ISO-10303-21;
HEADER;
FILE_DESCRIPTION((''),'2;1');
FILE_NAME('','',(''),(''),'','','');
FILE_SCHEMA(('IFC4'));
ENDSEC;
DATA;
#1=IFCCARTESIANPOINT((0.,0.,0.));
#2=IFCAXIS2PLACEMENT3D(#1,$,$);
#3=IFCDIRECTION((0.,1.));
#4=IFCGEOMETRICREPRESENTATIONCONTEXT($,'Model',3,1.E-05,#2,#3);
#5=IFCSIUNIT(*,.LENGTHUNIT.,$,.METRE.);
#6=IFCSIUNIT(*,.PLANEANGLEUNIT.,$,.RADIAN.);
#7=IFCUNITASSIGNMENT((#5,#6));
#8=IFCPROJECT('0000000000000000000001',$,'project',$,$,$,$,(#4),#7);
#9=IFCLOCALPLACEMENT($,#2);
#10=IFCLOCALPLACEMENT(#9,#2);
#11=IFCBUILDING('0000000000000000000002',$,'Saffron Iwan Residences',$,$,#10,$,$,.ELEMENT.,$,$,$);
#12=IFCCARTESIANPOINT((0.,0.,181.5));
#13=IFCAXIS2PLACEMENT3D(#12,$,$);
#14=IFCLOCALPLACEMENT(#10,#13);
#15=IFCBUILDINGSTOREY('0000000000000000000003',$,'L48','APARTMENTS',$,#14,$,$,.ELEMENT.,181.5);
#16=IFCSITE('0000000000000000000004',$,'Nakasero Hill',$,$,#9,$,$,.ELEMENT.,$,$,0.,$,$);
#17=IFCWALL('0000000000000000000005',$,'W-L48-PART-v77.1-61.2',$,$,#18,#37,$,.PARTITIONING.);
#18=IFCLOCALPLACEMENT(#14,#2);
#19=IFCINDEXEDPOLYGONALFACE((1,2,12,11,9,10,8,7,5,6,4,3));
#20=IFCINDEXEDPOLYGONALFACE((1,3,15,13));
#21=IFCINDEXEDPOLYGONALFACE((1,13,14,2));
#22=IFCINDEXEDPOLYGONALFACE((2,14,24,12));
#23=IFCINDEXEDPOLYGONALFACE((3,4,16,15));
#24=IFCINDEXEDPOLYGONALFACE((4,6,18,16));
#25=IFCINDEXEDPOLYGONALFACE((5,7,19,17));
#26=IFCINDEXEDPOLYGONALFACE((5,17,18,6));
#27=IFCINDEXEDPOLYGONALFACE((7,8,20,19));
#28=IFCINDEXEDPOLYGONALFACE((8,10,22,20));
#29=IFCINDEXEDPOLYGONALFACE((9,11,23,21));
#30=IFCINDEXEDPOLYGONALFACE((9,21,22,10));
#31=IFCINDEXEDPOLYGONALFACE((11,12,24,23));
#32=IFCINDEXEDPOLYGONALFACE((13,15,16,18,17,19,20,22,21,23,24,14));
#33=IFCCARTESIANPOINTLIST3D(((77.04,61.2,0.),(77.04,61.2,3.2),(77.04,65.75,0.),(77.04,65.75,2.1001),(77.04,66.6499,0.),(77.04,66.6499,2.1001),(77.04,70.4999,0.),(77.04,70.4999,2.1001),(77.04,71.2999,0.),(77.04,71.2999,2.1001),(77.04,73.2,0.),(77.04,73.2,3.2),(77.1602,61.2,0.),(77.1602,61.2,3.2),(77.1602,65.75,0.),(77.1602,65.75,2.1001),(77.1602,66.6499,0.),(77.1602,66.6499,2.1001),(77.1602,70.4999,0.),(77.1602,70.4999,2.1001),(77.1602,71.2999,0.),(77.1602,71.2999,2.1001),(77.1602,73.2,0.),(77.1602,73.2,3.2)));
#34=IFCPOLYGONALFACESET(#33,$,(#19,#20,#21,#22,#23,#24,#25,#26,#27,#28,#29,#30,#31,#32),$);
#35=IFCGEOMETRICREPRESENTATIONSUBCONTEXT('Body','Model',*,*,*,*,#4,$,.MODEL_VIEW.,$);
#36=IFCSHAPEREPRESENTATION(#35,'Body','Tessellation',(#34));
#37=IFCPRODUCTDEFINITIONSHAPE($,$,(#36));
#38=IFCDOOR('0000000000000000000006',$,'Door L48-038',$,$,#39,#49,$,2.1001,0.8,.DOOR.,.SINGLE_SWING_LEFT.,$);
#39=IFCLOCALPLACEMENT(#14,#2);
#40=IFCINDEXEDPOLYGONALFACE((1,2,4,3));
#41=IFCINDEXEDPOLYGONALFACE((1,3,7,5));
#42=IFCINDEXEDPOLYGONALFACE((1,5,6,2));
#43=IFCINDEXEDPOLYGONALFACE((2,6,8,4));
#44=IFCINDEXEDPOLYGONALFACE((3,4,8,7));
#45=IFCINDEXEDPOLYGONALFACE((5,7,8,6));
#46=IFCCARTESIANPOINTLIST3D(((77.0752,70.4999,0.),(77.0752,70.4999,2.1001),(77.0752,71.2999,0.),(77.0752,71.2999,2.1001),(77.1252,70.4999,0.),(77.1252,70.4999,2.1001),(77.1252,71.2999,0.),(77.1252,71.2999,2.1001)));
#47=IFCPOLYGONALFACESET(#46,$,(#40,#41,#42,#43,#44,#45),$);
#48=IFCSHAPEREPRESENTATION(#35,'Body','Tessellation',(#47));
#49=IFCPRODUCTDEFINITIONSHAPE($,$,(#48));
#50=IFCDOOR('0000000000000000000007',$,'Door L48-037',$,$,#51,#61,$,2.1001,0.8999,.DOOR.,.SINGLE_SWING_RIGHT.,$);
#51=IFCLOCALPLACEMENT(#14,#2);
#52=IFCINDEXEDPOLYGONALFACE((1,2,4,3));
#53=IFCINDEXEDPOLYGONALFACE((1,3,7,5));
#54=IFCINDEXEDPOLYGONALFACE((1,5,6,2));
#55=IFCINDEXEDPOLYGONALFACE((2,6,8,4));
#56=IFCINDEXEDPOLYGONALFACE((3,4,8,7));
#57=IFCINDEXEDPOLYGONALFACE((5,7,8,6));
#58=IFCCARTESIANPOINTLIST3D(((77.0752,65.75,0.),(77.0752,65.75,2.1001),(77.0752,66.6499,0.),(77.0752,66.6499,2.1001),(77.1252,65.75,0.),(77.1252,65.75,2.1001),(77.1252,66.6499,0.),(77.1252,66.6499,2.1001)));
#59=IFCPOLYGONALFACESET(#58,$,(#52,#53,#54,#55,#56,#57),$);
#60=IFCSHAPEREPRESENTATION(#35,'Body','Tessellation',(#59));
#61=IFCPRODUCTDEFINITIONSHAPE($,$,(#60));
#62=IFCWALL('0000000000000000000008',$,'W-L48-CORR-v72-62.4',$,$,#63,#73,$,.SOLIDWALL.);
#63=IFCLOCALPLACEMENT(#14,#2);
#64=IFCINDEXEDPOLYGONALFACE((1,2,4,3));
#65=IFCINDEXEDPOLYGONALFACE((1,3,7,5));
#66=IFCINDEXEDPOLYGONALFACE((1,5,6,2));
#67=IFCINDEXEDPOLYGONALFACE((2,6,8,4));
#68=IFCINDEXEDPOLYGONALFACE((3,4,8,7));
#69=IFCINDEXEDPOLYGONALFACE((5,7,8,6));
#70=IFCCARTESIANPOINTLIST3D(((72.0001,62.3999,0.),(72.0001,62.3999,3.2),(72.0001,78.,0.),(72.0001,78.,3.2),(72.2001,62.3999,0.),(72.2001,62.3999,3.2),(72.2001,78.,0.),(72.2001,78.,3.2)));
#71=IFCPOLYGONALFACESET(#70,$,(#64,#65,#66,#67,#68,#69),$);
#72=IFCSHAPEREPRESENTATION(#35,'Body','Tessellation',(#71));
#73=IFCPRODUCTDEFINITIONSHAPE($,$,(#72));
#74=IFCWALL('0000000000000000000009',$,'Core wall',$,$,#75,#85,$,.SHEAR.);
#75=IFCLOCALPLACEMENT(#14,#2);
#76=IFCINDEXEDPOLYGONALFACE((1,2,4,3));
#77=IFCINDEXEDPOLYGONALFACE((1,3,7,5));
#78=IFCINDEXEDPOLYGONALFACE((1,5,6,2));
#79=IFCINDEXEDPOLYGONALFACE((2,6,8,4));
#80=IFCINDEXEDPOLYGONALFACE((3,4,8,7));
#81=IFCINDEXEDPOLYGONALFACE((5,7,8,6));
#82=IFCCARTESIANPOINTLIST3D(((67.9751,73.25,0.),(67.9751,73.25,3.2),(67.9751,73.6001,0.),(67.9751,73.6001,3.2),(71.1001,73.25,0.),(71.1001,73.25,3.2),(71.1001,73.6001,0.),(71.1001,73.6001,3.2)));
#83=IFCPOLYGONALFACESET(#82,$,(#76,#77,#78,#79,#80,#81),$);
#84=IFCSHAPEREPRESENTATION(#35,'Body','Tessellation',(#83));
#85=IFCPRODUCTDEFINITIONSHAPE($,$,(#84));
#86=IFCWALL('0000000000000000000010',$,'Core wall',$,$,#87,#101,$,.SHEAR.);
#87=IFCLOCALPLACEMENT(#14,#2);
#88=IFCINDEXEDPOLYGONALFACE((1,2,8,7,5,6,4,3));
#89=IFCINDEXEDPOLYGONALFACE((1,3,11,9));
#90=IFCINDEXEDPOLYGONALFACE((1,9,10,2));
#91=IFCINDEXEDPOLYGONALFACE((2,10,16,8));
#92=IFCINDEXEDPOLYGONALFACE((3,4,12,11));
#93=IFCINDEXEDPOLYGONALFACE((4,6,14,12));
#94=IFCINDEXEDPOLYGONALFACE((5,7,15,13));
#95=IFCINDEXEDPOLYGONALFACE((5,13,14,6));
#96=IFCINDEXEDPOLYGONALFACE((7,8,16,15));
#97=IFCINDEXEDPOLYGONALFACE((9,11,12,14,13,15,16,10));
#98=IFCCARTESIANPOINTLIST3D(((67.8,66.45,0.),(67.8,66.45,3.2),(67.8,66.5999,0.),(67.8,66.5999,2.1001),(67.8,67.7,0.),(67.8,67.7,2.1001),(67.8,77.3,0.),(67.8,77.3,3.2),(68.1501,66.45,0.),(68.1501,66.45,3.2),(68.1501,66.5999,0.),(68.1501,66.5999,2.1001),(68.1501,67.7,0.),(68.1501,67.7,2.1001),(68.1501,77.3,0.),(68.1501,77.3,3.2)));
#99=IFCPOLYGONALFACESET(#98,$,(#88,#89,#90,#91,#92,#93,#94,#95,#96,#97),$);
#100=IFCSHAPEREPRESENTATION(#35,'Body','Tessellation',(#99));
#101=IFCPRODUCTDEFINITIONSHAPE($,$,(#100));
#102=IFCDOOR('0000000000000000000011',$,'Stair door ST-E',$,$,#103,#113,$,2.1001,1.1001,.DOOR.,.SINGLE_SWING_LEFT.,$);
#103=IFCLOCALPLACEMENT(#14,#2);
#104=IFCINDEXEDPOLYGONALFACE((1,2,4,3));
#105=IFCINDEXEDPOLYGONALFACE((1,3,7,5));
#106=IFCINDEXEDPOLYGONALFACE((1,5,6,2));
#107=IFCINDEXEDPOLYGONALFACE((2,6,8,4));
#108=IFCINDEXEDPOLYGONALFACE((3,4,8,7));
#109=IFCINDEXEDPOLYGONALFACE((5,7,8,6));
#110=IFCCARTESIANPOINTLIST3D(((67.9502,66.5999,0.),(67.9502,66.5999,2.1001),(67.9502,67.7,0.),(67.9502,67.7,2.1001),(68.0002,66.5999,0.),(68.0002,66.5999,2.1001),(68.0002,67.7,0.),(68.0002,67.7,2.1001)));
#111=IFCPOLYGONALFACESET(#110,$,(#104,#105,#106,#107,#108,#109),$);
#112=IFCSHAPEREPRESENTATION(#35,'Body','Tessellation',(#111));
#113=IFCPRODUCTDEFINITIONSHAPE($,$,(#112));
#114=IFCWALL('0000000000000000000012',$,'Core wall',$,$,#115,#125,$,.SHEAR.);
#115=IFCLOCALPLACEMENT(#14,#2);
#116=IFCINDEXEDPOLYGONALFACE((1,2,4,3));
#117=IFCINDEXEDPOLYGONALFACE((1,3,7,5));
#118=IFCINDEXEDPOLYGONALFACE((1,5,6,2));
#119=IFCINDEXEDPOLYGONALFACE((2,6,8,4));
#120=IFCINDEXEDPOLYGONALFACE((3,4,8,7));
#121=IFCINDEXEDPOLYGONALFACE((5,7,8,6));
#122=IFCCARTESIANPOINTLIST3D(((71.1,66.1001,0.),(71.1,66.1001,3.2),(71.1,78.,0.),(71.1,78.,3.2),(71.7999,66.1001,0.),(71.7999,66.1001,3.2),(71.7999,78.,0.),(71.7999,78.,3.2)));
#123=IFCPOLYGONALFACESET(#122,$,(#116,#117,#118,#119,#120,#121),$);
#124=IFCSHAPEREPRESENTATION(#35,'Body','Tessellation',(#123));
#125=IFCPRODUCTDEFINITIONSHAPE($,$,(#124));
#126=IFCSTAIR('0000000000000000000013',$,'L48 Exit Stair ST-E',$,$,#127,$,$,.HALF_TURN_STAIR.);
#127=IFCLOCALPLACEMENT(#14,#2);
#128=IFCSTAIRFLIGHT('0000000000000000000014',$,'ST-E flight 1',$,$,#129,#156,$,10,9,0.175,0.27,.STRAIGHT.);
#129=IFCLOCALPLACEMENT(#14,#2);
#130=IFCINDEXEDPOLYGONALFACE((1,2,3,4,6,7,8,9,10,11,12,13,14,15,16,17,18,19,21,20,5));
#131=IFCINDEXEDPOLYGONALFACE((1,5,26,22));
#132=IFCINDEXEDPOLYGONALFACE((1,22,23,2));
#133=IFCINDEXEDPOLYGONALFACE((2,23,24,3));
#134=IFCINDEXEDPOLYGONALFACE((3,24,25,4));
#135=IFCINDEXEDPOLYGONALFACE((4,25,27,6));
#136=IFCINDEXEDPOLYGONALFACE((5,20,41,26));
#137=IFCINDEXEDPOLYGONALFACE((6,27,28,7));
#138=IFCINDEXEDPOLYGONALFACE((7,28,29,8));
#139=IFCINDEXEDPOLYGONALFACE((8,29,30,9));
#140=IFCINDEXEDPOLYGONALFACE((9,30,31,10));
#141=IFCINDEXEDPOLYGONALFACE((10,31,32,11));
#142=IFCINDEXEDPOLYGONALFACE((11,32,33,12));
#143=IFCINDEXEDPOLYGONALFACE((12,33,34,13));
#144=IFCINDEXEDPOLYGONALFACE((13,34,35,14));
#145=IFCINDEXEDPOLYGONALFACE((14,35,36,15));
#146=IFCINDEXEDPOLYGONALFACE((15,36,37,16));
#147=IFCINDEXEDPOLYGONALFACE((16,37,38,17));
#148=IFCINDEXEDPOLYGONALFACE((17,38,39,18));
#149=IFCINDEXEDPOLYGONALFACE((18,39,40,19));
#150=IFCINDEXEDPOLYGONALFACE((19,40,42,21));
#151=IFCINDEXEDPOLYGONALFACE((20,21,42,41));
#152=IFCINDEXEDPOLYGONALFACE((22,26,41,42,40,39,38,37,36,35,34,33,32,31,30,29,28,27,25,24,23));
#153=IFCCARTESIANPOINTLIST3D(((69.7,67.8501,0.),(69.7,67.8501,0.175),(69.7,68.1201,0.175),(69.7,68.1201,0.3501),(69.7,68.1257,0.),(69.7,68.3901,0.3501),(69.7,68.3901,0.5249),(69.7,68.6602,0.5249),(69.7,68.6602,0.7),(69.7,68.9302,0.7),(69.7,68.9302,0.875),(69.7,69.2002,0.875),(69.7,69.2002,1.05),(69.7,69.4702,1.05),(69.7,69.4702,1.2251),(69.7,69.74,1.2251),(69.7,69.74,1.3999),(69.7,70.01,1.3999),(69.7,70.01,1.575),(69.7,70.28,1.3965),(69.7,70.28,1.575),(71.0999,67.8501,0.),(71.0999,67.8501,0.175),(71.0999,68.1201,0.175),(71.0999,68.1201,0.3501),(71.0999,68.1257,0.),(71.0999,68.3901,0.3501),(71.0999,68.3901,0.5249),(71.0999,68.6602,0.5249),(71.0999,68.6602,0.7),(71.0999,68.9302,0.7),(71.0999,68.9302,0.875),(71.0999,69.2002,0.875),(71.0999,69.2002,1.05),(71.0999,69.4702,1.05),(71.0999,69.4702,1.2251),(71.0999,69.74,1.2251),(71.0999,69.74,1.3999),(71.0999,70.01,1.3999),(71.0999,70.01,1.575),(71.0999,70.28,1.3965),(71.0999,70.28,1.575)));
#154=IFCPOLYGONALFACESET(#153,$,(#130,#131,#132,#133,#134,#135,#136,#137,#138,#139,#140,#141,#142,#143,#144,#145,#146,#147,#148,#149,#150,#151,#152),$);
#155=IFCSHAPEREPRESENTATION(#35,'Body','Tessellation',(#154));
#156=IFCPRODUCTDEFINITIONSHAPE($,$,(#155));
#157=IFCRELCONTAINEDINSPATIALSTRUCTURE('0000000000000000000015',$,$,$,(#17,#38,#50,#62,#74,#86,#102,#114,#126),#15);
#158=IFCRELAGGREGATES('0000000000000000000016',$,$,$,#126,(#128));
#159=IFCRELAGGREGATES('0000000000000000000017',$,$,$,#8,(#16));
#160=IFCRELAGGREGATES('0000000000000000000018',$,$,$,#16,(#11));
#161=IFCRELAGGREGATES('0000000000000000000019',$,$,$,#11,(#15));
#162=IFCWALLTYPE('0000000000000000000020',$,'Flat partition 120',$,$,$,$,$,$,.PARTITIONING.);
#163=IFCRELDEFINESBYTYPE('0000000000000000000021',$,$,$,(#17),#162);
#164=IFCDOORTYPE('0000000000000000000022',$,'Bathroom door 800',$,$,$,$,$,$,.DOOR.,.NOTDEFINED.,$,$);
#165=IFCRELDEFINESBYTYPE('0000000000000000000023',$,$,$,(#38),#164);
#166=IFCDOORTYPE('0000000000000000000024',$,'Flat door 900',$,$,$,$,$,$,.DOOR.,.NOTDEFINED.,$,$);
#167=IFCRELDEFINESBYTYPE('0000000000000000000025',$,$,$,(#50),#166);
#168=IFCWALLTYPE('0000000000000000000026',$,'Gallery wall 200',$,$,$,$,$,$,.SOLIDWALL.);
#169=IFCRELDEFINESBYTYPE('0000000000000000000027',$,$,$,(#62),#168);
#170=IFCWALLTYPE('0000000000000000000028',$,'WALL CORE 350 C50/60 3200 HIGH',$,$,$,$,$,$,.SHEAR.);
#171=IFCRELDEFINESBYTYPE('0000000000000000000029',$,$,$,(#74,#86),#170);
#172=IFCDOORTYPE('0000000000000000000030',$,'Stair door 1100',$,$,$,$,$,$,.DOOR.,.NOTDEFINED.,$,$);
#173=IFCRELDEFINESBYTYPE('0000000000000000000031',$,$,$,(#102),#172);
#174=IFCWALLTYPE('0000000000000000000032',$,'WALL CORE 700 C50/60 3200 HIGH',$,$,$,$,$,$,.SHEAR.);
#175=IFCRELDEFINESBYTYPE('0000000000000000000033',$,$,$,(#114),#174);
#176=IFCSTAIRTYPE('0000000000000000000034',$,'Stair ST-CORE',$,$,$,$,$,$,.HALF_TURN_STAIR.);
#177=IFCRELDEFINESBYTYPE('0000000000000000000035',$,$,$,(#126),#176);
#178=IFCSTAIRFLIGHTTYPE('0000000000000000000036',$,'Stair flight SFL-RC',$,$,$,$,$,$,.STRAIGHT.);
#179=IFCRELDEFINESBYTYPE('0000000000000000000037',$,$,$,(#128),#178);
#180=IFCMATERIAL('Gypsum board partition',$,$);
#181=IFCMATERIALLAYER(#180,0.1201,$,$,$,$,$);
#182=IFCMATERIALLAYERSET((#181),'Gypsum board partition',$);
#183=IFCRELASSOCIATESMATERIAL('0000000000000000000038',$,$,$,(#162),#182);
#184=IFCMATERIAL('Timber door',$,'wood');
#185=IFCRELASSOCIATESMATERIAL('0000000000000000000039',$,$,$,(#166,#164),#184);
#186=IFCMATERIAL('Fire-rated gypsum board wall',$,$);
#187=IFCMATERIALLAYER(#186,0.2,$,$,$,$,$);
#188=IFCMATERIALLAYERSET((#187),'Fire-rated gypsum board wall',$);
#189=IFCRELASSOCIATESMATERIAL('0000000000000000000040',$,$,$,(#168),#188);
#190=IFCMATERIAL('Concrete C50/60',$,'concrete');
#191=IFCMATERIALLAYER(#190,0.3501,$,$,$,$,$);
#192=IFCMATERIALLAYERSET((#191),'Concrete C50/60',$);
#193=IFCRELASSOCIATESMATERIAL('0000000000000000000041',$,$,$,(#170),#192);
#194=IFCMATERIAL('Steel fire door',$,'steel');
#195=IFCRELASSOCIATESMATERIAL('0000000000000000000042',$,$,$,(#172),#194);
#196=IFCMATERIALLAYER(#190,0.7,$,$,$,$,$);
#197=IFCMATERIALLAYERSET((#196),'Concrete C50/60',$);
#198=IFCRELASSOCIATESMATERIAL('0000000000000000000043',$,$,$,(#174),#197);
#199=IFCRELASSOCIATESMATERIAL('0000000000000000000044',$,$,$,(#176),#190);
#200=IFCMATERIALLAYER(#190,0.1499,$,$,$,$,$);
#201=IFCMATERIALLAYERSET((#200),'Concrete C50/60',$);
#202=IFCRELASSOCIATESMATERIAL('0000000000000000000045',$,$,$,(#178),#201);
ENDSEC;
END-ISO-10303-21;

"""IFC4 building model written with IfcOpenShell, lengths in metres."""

from ifc_helpers import new_model, si_unit, direction, frame, frame_2d, origin, place, context, subcontext, project, spatial, polyline, rectangle, outline, extrude, material, layer, layer_set, type_object, element, fill, aggregate, save


model = new_model("IFC4")

# Units and contexts
model_context = context("Model", 3, precision=1e-05, world=origin(), true_north=direction((0.0, 1.0)))
body_context = subcontext(model_context, "Body", "Model", "MODEL_VIEW")
ifc_project = project(units=[si_unit("LENGTHUNIT", "METRE"), si_unit("PLANEANGLEUNIT", "RADIAN")], contexts=[model_context])

# Site, building, storey
site_placement = place(None, origin())
site = spatial("IfcSite", under=ifc_project, at=site_placement, Name="Nakasero Hill", CompositionType="ELEMENT", RefElevation=0.0)
building_placement = place(site_placement, origin())
building = spatial("IfcBuilding", under=site, at=building_placement, Name="Saffron Iwan Residences", CompositionType="ELEMENT")
storey_placement = place(building_placement, frame((0.0, 0.0, 181.5)))
storey = spatial("IfcBuildingStorey", under=building, at=storey_placement, Name="L48", Description="APARTMENTS", CompositionType="ELEMENT", Elevation=181.5)

# Shared definitions
ifc_material_1 = material(Name="Concrete C50/60", Category="concrete")

# Shared definitions
ifc_material_2 = material(Name="Gypsum board partition")
ifc_layer_1 = layer(ifc_material_2, 0.1201)
ifc_layer_set_1 = layer_set([ifc_layer_1], Name="Gypsum board partition")
wall_type_1 = type_object("IfcWallType", Name="Flat partition 120", PredefinedType="PARTITIONING", material=ifc_layer_set_1)
ifc_material_3 = material(Name="Timber door", Category="wood")
door_type_1 = type_object("IfcDoorType", Name="Flat door 900", OperationType="NOTDEFINED", PredefinedType="DOOR", material=ifc_material_3)

# Wall, openings, doors
wall_1_placement = place(storey_placement, frame((77.1001, 61.2, 0.0), z_axis=(0.0, 0.0, 1.0), x_axis=(0.0, 1.0, 0.0)))
wall_1 = element("IfcWall", 1, at=wall_1_placement, inside=storey, type_object=wall_type_1, Name="W-L48-PART-v77.1-61.2", PredefinedType="PARTITIONING", context=body_context, shape_type="SweptSolid", body=[
    extrude(rectangle(XDim=12.0, YDim=0.1201, at=frame_2d((6.0, 0.0))), origin(), (0.0, 0.0, 1.0), 3.2),
])
opening_1_placement = place(wall_1_placement, frame((4.55, 0.0, 0.0)))
opening_1 = element("IfcOpeningElement", 2, at=opening_1_placement, cuts=wall_1, PredefinedType="OPENING", context=body_context, shape_type="SweptSolid", body=[
    extrude(rectangle(XDim=0.8999, YDim=2.1001, at=frame_2d((0.45, 1.05))), frame((0.0, 0.0701, 0.0), z_axis=(0.0, -1.0, 0.0), x_axis=(1.0, 0.0, 0.0)), (0.0, 0.0, 1.0), 0.1401),
])
opening_2_placement = place(wall_1_placement, frame((9.3, 0.0, 0.0)))
opening_2 = element("IfcOpeningElement", 3, at=opening_2_placement, cuts=wall_1, PredefinedType="OPENING", context=body_context, shape_type="SweptSolid", body=[
    extrude(rectangle(XDim=0.8, YDim=2.1001, at=frame_2d((0.3999, 1.05))), frame((0.0, 0.0701, 0.0), z_axis=(0.0, -1.0, 0.0), x_axis=(1.0, 0.0, 0.0)), (0.0, 0.0, 1.0), 0.1401),
])
door_type_2 = type_object("IfcDoorType", Name="Bathroom door 800", OperationType="NOTDEFINED", PredefinedType="DOOR", material=ifc_material_3)
door_1_placement = place(opening_2_placement, origin())
door_1 = element("IfcDoor", 4, at=door_1_placement, inside=storey, type_object=door_type_2, Name="Door L48-038", OperationType="SINGLE_SWING_LEFT", OverallHeight=2.1001, OverallWidth=0.8, PredefinedType="DOOR", context=body_context, shape_type="SweptSolid", body=[
    extrude(rectangle(XDim=0.8, YDim=2.1001, at=frame_2d((0.3999, 1.05))), frame((0.0, 0.0249, 0.0), z_axis=(0.0, -1.0, 0.0), x_axis=(1.0, 0.0, 0.0)), (0.0, 0.0, 1.0), 0.05),
])
fill(opening_2, door_1)
door_2_placement = place(opening_1_placement, origin())
door_2 = element("IfcDoor", 5, at=door_2_placement, inside=storey, type_object=door_type_1, Name="Door L48-037", OperationType="SINGLE_SWING_RIGHT", OverallHeight=2.1001, OverallWidth=0.8999, PredefinedType="DOOR", context=body_context, shape_type="SweptSolid", body=[
    extrude(rectangle(XDim=0.8999, YDim=2.1001, at=frame_2d((0.45, 1.05))), frame((0.0, 0.0249, 0.0), z_axis=(0.0, -1.0, 0.0), x_axis=(1.0, 0.0, 0.0)), (0.0, 0.0, 1.0), 0.05),
])
fill(opening_1, door_2)

# Walls
ifc_material_4 = material(Name="Fire-rated gypsum board wall")
ifc_layer_2 = layer(ifc_material_4, 0.2)
ifc_layer_set_2 = layer_set([ifc_layer_2], Name="Fire-rated gypsum board wall")
wall_type_2 = type_object("IfcWallType", Name="Gallery wall 200", PredefinedType="SOLIDWALL", material=ifc_layer_set_2)
wall_2_placement = place(storey_placement, frame((72.1001, 62.3999, 0.0), z_axis=(0.0, 0.0, 1.0), x_axis=(0.0, 1.0, 0.0)))
element("IfcWall", 6, at=wall_2_placement, inside=storey, type_object=wall_type_2, Name="W-L48-CORR-v72-62.4", PredefinedType="SOLIDWALL", context=body_context, shape_type="SweptSolid", body=[
    extrude(rectangle(XDim=15.6001, YDim=0.2, at=frame_2d((7.8, 0.0))), origin(), (0.0, 0.0, 1.0), 3.2),
])
ifc_layer_3 = layer(ifc_material_1, 0.3501)
ifc_layer_set_3 = layer_set([ifc_layer_3], Name="Concrete C50/60")
wall_type_3 = type_object("IfcWallType", Name="WALL CORE 350 C50/60 3200 HIGH", PredefinedType="SHEAR", material=ifc_layer_set_3)
wall_3_placement = place(storey_placement, frame((67.9751, 73.425, 0.0), z_axis=(0.0, 0.0, 1.0), x_axis=(1.0, 0.0, 0.0)))
element("IfcWall", 7, at=wall_3_placement, inside=storey, type_object=wall_type_3, Name="Core wall", PredefinedType="SHEAR", context=body_context, shape_type="SweptSolid", body=[
    extrude(rectangle(XDim=3.125, YDim=0.3501, at=frame_2d((1.5625, 0.0))), origin(), (0.0, 0.0, 1.0), 3.2),
])

# Wall, opening, door
wall_4_placement = place(storey_placement, frame((67.9751, 66.45, 0.0), z_axis=(0.0, 0.0, 1.0), x_axis=(0.0, 1.0, 0.0)))
wall_4 = element("IfcWall", 8, at=wall_4_placement, inside=storey, type_object=wall_type_3, Name="Core wall", PredefinedType="SHEAR", context=body_context, shape_type="SweptSolid", body=[
    extrude(rectangle(XDim=10.8501, YDim=0.3501, at=frame_2d((5.425, 0.0))), origin(), (0.0, 0.0, 1.0), 3.2),
])
opening_3_placement = place(wall_4_placement, frame((0.1499, 0.0, 0.0)))
opening_3 = element("IfcOpeningElement", 9, at=opening_3_placement, cuts=wall_4, PredefinedType="OPENING", context=body_context, shape_type="SweptSolid", body=[
    extrude(rectangle(XDim=1.1001, YDim=2.1001, at=frame_2d((0.55, 1.05))), frame((0.0, 0.1851, 0.0), z_axis=(0.0, -1.0, 0.0), x_axis=(1.0, 0.0, 0.0)), (0.0, 0.0, 1.0), 0.3701),
])
ifc_material_5 = material(Name="Steel fire door", Category="steel")
door_type_3 = type_object("IfcDoorType", Name="Stair door 1100", OperationType="NOTDEFINED", PredefinedType="DOOR", material=ifc_material_5)
door_3_placement = place(opening_3_placement, origin())
door_3 = element("IfcDoor", 10, at=door_3_placement, inside=storey, type_object=door_type_3, Name="Stair door ST-E", OperationType="SINGLE_SWING_LEFT", OverallHeight=2.1001, OverallWidth=1.1001, PredefinedType="DOOR", context=body_context, shape_type="SweptSolid", body=[
    extrude(rectangle(XDim=1.1001, YDim=2.1001, at=frame_2d((0.55, 1.05))), frame((0.0, 0.0249, 0.0), z_axis=(0.0, -1.0, 0.0), x_axis=(1.0, 0.0, 0.0)), (0.0, 0.0, 1.0), 0.05),
])
fill(opening_3, door_3)

# Wall
ifc_layer_4 = layer(ifc_material_1, 0.7)
ifc_layer_set_4 = layer_set([ifc_layer_4], Name="Concrete C50/60")
wall_type_4 = type_object("IfcWallType", Name="WALL CORE 700 C50/60 3200 HIGH", PredefinedType="SHEAR", material=ifc_layer_set_4)
wall_5_placement = place(storey_placement, frame((71.45, 66.1001, 0.0), z_axis=(0.0, 0.0, 1.0), x_axis=(0.0, 1.0, 0.0)))
element("IfcWall", 11, at=wall_5_placement, inside=storey, type_object=wall_type_4, Name="Core wall", PredefinedType="SHEAR", context=body_context, shape_type="SweptSolid", body=[
    extrude(rectangle(XDim=11.8999, YDim=0.7, at=frame_2d((5.95, 0.0))), origin(), (0.0, 0.0, 1.0), 3.2),
])

# Stair, stair flight
stair_type = type_object("IfcStairType", Name="Stair ST-CORE", PredefinedType="HALF_TURN_STAIR", material=ifc_material_1)
stair_placement = place(storey_placement, origin())
stair = element("IfcStair", 12, at=stair_placement, inside=storey, type_object=stair_type, Name="L48 Exit Stair ST-E", PredefinedType="HALF_TURN_STAIR")
ifc_layer_5 = layer(ifc_material_1, 0.1499)
ifc_layer_set_5 = layer_set([ifc_layer_5], Name="Concrete C50/60")
stair_flight_type = type_object("IfcStairFlightType", Name="Stair flight SFL-RC", PredefinedType="STRAIGHT", material=ifc_layer_set_5)
stair_flight_1_placement = place(storey_placement, frame((70.3999, 67.8501, 0.0), z_axis=(0.0, 0.0, 1.0), x_axis=(0.0, 1.0, 0.0)))
stair_flight_1 = element("IfcStairFlight", 13, at=stair_flight_1_placement, type_object=stair_flight_type, Name="ST-E flight 1", NumberOfRisers=10, NumberOfTreads=9, PredefinedType="STRAIGHT", RiserHeight=0.175, TreadLength=0.27, context=body_context, shape_type="SweptSolid", body=[
    extrude(outline(polyline([(0.0, 0.0), (0.0, 0.175), (0.27, 0.175), (0.27, 0.3501), (0.54, 0.3501), (0.54, 0.5249), (0.8101, 0.5249), (0.8101, 0.7), (1.0801, 0.7), (1.0801, 0.875), (1.3501, 0.875), (1.3501, 1.05), (1.6201, 1.05), (1.6201, 1.2251), (1.8899, 1.2251), (1.8899, 1.3999), (2.1599, 1.3999), (2.1599, 1.575), (2.4299, 1.575), (2.4299, 1.75), (2.4299, 1.3965), (0.2756, 0.0), (0.0, 0.0)])), frame((0.0, 0.7, 0.0), z_axis=(0.0, -1.0, 0.0), x_axis=(1.0, 0.0, 0.0)), (0.0, 0.0, 1.0), 1.3999),
])
aggregate(stair, [stair_flight_1])

save(model, "model.ifc")
